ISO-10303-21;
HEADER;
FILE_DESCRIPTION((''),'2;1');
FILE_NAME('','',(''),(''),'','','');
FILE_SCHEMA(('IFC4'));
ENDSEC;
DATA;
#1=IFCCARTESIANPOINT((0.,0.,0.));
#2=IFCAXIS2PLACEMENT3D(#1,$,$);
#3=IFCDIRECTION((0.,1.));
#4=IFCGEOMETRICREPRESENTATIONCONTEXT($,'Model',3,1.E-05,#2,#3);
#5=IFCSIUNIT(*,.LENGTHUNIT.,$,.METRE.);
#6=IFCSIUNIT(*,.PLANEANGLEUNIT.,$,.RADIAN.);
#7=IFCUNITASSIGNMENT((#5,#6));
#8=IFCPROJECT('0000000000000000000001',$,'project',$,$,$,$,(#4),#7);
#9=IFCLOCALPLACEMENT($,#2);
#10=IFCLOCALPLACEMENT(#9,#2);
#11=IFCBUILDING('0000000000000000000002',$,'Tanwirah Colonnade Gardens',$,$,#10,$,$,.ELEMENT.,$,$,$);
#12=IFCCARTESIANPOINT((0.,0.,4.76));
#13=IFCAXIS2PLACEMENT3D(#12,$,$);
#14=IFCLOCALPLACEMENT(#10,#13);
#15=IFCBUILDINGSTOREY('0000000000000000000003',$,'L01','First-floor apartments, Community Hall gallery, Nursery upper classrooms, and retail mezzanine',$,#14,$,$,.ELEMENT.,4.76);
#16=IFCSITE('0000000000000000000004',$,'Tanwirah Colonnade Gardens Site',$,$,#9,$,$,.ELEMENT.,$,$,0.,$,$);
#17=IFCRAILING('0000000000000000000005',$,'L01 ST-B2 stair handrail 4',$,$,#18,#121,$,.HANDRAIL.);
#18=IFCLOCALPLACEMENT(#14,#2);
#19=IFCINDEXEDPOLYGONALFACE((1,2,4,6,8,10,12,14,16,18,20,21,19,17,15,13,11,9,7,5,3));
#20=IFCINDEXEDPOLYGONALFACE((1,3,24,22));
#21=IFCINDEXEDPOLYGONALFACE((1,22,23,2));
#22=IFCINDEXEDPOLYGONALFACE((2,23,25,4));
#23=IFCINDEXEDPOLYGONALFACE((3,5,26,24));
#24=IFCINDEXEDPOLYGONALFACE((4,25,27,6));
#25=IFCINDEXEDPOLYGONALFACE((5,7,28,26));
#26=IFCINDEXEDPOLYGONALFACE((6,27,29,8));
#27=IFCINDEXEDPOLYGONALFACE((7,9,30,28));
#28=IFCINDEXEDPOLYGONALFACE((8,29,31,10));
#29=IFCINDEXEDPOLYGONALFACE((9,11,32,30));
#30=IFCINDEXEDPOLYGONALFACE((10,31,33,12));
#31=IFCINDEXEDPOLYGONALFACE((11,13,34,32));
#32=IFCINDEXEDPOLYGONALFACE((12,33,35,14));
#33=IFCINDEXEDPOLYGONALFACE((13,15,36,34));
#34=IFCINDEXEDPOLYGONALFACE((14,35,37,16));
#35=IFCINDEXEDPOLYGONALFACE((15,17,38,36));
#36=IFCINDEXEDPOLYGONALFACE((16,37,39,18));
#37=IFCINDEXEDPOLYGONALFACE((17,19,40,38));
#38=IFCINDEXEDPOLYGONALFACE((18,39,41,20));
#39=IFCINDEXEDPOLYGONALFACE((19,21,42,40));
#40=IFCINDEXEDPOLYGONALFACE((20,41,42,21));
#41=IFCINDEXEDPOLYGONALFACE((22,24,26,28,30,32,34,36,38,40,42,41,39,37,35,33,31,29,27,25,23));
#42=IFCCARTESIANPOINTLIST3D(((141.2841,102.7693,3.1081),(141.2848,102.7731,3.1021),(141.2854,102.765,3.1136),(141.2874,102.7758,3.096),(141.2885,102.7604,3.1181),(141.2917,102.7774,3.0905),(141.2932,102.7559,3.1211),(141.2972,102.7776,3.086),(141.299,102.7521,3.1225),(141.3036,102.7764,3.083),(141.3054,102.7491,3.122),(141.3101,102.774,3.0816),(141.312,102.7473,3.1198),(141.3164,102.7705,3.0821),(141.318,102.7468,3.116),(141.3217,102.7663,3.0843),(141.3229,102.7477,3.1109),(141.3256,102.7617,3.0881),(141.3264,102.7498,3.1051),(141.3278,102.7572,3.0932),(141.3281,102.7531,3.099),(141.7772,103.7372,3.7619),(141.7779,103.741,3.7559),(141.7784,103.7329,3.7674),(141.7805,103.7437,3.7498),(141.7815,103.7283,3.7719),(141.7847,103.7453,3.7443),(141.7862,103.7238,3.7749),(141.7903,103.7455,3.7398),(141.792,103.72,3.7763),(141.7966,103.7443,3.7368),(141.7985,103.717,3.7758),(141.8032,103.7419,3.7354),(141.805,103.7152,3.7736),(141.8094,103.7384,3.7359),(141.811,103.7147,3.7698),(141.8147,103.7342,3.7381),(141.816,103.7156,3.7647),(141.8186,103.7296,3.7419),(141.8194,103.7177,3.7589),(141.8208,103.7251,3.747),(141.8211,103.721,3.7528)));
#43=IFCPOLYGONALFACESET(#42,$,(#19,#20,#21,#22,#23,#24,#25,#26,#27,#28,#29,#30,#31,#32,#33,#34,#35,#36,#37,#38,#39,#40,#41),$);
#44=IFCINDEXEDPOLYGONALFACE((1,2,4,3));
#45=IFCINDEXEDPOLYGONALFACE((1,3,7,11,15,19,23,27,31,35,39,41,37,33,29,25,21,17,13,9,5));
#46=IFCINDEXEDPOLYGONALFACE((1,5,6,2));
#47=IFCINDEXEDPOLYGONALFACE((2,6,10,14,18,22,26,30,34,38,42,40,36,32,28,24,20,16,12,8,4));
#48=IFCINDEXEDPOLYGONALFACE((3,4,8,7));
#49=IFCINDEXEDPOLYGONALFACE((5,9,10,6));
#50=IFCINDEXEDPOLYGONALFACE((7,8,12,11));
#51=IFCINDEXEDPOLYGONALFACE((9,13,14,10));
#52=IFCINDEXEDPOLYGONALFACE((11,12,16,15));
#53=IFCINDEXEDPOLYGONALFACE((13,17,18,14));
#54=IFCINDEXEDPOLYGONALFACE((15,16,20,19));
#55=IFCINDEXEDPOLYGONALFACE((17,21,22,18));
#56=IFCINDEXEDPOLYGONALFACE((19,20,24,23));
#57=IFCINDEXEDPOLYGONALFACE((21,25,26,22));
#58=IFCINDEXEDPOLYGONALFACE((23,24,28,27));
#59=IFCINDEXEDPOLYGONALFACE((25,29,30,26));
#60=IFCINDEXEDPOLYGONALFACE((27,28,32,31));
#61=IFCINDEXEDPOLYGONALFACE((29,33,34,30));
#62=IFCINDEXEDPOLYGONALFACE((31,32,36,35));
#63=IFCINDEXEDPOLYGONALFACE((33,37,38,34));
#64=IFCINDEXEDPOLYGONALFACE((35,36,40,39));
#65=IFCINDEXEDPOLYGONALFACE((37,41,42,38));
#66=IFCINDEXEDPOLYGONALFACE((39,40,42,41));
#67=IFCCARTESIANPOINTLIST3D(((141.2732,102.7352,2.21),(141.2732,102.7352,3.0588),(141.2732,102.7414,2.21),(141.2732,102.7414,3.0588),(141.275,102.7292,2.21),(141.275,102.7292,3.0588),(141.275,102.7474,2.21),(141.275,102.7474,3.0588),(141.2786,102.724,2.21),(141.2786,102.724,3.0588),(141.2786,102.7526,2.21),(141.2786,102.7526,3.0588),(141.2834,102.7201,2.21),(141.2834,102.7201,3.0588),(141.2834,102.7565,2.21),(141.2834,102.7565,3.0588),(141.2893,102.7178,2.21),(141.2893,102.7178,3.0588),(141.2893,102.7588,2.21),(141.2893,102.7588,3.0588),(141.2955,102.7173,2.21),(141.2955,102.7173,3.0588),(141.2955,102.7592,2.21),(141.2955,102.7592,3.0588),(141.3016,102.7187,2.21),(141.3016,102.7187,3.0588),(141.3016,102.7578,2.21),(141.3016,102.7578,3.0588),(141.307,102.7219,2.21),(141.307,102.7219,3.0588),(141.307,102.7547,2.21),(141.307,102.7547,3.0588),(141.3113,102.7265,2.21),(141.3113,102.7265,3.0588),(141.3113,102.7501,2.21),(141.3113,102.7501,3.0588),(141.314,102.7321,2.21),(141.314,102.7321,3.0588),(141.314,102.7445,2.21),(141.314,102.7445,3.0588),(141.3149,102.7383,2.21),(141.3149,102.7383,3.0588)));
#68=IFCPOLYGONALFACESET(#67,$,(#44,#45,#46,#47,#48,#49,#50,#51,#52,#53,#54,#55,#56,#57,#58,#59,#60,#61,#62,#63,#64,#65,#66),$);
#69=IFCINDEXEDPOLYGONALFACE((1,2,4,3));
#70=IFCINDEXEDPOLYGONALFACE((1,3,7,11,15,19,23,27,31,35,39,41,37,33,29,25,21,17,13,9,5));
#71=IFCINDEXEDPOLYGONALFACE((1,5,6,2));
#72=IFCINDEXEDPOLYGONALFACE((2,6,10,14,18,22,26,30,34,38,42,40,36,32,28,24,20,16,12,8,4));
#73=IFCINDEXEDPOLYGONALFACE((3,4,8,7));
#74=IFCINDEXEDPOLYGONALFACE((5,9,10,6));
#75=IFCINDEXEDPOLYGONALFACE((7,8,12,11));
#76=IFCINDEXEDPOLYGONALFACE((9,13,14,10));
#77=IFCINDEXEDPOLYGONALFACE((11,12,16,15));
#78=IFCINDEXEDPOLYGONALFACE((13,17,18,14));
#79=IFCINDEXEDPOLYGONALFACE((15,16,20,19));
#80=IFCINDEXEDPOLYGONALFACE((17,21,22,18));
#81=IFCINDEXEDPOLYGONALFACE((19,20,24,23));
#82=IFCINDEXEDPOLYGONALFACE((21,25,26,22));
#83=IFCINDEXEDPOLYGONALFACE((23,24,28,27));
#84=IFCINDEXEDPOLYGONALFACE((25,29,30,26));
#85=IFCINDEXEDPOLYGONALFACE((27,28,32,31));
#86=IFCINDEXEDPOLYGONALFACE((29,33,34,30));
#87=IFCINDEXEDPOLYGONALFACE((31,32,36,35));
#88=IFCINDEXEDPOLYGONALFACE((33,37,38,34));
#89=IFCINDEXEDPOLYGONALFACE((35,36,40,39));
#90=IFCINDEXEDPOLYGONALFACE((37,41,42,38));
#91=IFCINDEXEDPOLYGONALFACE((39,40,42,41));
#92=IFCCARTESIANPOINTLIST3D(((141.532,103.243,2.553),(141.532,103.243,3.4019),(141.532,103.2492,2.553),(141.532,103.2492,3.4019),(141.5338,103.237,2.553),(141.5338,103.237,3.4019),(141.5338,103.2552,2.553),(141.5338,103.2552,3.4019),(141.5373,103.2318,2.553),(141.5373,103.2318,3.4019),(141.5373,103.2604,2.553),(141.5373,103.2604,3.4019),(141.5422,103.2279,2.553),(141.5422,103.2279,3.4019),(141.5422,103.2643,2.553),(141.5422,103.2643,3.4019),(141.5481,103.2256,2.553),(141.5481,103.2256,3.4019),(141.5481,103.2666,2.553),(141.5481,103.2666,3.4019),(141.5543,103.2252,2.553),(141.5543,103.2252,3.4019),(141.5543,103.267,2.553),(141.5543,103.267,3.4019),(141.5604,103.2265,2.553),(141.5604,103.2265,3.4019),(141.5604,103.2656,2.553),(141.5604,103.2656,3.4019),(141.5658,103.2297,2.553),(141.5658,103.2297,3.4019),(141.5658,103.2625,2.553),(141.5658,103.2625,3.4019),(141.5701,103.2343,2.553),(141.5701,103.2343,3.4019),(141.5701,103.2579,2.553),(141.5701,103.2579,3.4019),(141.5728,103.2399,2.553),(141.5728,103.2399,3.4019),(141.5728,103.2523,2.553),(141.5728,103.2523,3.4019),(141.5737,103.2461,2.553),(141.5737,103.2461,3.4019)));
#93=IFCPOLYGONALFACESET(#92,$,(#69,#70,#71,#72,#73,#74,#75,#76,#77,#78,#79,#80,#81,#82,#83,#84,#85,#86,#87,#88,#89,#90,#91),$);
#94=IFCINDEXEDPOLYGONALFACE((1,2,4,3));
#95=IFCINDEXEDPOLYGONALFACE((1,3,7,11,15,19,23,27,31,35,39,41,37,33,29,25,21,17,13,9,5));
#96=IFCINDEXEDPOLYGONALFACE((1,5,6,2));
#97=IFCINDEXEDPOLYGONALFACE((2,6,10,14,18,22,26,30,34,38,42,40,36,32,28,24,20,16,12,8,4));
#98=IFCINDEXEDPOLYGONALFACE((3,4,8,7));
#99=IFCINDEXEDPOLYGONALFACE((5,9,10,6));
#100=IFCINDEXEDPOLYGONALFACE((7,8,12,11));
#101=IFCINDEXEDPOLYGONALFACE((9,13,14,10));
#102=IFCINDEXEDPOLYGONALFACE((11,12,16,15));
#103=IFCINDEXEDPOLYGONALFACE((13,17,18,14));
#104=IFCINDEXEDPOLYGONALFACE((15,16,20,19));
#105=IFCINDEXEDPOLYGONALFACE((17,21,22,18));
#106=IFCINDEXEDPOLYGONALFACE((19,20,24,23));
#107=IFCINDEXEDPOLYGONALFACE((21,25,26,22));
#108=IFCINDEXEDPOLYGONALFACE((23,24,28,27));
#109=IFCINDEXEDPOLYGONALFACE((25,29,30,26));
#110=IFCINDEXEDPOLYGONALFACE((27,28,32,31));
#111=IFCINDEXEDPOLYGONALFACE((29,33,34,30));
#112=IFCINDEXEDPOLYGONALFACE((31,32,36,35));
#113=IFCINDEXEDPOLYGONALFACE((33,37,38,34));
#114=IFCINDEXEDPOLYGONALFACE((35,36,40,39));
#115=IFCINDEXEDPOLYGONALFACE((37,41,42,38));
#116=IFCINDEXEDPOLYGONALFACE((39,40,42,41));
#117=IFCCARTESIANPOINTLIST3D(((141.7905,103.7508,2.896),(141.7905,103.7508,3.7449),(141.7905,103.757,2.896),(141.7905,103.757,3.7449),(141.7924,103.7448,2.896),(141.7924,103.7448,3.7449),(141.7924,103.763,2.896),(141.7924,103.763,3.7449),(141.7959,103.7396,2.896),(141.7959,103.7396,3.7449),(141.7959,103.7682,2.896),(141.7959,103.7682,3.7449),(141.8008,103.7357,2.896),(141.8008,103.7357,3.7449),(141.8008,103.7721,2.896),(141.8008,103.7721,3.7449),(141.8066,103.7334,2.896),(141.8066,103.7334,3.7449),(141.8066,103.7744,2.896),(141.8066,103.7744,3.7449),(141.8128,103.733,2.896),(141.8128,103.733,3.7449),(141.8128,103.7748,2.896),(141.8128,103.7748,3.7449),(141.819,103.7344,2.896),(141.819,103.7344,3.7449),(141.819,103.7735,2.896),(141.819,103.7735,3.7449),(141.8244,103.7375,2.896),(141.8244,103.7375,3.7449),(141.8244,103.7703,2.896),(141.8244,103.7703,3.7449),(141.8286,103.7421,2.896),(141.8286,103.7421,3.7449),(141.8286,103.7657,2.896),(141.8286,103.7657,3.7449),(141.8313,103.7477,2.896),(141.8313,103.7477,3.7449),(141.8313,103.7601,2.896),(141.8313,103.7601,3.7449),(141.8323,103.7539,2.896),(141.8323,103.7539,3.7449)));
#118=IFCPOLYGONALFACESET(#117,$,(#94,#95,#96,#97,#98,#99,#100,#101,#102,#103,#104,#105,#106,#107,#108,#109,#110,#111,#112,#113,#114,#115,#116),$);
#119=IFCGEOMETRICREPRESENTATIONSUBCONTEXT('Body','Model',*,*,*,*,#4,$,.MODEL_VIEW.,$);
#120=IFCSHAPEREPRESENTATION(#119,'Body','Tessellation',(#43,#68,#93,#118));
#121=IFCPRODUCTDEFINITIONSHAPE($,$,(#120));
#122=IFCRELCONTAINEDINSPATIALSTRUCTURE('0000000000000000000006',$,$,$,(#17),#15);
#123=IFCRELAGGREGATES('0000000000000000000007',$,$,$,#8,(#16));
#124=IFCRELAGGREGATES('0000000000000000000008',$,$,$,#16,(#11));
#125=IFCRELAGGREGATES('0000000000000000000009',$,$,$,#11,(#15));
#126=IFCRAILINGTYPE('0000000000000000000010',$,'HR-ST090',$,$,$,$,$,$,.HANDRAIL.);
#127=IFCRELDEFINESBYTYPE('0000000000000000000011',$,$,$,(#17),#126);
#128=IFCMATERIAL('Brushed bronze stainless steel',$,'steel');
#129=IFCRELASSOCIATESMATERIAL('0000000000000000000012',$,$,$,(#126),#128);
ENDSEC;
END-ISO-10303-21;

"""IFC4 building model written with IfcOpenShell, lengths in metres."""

from ifc_helpers import new_model, si_unit, direction, frame, origin, origin_2d, place, context, subcontext, project, spatial, circle, extrude, material, type_object, element, save


model = new_model("IFC4")

# Units and contexts
model_context = context("Model", 3, precision=1e-05, world=origin(), true_north=direction((0.0, 1.0)))
body_context = subcontext(model_context, "Body", "Model", "MODEL_VIEW")
ifc_project = project(units=[si_unit("LENGTHUNIT", "METRE"), si_unit("PLANEANGLEUNIT", "RADIAN")], contexts=[model_context])

# Site, building, storey
site_placement = place(None, origin())
site = spatial("IfcSite", under=ifc_project, at=site_placement, Name="Tanwirah Colonnade Gardens Site", CompositionType="ELEMENT", RefElevation=0.0)
building_placement = place(site_placement, origin())
building = spatial("IfcBuilding", under=site, at=building_placement, Name="Tanwirah Colonnade Gardens", CompositionType="ELEMENT")
storey_placement = place(building_placement, frame((0.0, 0.0, 4.76)))
storey = spatial("IfcBuildingStorey", under=building, at=storey_placement, Name="L01", Description="First-floor apartments, Community Hall gallery, Nursery upper classrooms, and retail mezzanine", CompositionType="ELEMENT", Elevation=4.76)

# Railing
ifc_material_1 = material(Name="Brushed bronze stainless steel", Category="steel")
railing_type_1 = type_object("IfcRailingType", Name="HR-ST090", PredefinedType="HANDRAIL", material=ifc_material_1)
railing_1_placement = place(storey_placement, frame((141.2939, 102.7383, 2.21)))
element("IfcRailing", 1, at=railing_1_placement, inside=storey, type_object=railing_type_1, Name="L01 ST-B2 stair handrail 4", PredefinedType="HANDRAIL", context=body_context, shape_type="SweptSolid", body=[
    extrude(circle(Radius=0.0239, at=origin_2d()), frame((0.0122, 0.0239, 0.8921), z_axis=(0.388877, 0.763439, 0.515689), x_axis=(-0.891061, 0.453884, 0.0)), (0.0, 0.0, 1.0), 1.2678),
    extrude(circle(Radius=0.021, at=origin_2d()), origin(), (0.0, 0.0, 1.0), 0.8489),
    extrude(circle(Radius=0.021, at=origin_2d()), frame((0.2588, 0.5078, 0.343)), (0.0, 0.0, 1.0), 0.8489),
    extrude(circle(Radius=0.021, at=origin_2d()), frame((0.5173, 1.0156, 0.686)), (0.0, 0.0, 1.0), 0.8489),
])

save(model, "model.ifc")
